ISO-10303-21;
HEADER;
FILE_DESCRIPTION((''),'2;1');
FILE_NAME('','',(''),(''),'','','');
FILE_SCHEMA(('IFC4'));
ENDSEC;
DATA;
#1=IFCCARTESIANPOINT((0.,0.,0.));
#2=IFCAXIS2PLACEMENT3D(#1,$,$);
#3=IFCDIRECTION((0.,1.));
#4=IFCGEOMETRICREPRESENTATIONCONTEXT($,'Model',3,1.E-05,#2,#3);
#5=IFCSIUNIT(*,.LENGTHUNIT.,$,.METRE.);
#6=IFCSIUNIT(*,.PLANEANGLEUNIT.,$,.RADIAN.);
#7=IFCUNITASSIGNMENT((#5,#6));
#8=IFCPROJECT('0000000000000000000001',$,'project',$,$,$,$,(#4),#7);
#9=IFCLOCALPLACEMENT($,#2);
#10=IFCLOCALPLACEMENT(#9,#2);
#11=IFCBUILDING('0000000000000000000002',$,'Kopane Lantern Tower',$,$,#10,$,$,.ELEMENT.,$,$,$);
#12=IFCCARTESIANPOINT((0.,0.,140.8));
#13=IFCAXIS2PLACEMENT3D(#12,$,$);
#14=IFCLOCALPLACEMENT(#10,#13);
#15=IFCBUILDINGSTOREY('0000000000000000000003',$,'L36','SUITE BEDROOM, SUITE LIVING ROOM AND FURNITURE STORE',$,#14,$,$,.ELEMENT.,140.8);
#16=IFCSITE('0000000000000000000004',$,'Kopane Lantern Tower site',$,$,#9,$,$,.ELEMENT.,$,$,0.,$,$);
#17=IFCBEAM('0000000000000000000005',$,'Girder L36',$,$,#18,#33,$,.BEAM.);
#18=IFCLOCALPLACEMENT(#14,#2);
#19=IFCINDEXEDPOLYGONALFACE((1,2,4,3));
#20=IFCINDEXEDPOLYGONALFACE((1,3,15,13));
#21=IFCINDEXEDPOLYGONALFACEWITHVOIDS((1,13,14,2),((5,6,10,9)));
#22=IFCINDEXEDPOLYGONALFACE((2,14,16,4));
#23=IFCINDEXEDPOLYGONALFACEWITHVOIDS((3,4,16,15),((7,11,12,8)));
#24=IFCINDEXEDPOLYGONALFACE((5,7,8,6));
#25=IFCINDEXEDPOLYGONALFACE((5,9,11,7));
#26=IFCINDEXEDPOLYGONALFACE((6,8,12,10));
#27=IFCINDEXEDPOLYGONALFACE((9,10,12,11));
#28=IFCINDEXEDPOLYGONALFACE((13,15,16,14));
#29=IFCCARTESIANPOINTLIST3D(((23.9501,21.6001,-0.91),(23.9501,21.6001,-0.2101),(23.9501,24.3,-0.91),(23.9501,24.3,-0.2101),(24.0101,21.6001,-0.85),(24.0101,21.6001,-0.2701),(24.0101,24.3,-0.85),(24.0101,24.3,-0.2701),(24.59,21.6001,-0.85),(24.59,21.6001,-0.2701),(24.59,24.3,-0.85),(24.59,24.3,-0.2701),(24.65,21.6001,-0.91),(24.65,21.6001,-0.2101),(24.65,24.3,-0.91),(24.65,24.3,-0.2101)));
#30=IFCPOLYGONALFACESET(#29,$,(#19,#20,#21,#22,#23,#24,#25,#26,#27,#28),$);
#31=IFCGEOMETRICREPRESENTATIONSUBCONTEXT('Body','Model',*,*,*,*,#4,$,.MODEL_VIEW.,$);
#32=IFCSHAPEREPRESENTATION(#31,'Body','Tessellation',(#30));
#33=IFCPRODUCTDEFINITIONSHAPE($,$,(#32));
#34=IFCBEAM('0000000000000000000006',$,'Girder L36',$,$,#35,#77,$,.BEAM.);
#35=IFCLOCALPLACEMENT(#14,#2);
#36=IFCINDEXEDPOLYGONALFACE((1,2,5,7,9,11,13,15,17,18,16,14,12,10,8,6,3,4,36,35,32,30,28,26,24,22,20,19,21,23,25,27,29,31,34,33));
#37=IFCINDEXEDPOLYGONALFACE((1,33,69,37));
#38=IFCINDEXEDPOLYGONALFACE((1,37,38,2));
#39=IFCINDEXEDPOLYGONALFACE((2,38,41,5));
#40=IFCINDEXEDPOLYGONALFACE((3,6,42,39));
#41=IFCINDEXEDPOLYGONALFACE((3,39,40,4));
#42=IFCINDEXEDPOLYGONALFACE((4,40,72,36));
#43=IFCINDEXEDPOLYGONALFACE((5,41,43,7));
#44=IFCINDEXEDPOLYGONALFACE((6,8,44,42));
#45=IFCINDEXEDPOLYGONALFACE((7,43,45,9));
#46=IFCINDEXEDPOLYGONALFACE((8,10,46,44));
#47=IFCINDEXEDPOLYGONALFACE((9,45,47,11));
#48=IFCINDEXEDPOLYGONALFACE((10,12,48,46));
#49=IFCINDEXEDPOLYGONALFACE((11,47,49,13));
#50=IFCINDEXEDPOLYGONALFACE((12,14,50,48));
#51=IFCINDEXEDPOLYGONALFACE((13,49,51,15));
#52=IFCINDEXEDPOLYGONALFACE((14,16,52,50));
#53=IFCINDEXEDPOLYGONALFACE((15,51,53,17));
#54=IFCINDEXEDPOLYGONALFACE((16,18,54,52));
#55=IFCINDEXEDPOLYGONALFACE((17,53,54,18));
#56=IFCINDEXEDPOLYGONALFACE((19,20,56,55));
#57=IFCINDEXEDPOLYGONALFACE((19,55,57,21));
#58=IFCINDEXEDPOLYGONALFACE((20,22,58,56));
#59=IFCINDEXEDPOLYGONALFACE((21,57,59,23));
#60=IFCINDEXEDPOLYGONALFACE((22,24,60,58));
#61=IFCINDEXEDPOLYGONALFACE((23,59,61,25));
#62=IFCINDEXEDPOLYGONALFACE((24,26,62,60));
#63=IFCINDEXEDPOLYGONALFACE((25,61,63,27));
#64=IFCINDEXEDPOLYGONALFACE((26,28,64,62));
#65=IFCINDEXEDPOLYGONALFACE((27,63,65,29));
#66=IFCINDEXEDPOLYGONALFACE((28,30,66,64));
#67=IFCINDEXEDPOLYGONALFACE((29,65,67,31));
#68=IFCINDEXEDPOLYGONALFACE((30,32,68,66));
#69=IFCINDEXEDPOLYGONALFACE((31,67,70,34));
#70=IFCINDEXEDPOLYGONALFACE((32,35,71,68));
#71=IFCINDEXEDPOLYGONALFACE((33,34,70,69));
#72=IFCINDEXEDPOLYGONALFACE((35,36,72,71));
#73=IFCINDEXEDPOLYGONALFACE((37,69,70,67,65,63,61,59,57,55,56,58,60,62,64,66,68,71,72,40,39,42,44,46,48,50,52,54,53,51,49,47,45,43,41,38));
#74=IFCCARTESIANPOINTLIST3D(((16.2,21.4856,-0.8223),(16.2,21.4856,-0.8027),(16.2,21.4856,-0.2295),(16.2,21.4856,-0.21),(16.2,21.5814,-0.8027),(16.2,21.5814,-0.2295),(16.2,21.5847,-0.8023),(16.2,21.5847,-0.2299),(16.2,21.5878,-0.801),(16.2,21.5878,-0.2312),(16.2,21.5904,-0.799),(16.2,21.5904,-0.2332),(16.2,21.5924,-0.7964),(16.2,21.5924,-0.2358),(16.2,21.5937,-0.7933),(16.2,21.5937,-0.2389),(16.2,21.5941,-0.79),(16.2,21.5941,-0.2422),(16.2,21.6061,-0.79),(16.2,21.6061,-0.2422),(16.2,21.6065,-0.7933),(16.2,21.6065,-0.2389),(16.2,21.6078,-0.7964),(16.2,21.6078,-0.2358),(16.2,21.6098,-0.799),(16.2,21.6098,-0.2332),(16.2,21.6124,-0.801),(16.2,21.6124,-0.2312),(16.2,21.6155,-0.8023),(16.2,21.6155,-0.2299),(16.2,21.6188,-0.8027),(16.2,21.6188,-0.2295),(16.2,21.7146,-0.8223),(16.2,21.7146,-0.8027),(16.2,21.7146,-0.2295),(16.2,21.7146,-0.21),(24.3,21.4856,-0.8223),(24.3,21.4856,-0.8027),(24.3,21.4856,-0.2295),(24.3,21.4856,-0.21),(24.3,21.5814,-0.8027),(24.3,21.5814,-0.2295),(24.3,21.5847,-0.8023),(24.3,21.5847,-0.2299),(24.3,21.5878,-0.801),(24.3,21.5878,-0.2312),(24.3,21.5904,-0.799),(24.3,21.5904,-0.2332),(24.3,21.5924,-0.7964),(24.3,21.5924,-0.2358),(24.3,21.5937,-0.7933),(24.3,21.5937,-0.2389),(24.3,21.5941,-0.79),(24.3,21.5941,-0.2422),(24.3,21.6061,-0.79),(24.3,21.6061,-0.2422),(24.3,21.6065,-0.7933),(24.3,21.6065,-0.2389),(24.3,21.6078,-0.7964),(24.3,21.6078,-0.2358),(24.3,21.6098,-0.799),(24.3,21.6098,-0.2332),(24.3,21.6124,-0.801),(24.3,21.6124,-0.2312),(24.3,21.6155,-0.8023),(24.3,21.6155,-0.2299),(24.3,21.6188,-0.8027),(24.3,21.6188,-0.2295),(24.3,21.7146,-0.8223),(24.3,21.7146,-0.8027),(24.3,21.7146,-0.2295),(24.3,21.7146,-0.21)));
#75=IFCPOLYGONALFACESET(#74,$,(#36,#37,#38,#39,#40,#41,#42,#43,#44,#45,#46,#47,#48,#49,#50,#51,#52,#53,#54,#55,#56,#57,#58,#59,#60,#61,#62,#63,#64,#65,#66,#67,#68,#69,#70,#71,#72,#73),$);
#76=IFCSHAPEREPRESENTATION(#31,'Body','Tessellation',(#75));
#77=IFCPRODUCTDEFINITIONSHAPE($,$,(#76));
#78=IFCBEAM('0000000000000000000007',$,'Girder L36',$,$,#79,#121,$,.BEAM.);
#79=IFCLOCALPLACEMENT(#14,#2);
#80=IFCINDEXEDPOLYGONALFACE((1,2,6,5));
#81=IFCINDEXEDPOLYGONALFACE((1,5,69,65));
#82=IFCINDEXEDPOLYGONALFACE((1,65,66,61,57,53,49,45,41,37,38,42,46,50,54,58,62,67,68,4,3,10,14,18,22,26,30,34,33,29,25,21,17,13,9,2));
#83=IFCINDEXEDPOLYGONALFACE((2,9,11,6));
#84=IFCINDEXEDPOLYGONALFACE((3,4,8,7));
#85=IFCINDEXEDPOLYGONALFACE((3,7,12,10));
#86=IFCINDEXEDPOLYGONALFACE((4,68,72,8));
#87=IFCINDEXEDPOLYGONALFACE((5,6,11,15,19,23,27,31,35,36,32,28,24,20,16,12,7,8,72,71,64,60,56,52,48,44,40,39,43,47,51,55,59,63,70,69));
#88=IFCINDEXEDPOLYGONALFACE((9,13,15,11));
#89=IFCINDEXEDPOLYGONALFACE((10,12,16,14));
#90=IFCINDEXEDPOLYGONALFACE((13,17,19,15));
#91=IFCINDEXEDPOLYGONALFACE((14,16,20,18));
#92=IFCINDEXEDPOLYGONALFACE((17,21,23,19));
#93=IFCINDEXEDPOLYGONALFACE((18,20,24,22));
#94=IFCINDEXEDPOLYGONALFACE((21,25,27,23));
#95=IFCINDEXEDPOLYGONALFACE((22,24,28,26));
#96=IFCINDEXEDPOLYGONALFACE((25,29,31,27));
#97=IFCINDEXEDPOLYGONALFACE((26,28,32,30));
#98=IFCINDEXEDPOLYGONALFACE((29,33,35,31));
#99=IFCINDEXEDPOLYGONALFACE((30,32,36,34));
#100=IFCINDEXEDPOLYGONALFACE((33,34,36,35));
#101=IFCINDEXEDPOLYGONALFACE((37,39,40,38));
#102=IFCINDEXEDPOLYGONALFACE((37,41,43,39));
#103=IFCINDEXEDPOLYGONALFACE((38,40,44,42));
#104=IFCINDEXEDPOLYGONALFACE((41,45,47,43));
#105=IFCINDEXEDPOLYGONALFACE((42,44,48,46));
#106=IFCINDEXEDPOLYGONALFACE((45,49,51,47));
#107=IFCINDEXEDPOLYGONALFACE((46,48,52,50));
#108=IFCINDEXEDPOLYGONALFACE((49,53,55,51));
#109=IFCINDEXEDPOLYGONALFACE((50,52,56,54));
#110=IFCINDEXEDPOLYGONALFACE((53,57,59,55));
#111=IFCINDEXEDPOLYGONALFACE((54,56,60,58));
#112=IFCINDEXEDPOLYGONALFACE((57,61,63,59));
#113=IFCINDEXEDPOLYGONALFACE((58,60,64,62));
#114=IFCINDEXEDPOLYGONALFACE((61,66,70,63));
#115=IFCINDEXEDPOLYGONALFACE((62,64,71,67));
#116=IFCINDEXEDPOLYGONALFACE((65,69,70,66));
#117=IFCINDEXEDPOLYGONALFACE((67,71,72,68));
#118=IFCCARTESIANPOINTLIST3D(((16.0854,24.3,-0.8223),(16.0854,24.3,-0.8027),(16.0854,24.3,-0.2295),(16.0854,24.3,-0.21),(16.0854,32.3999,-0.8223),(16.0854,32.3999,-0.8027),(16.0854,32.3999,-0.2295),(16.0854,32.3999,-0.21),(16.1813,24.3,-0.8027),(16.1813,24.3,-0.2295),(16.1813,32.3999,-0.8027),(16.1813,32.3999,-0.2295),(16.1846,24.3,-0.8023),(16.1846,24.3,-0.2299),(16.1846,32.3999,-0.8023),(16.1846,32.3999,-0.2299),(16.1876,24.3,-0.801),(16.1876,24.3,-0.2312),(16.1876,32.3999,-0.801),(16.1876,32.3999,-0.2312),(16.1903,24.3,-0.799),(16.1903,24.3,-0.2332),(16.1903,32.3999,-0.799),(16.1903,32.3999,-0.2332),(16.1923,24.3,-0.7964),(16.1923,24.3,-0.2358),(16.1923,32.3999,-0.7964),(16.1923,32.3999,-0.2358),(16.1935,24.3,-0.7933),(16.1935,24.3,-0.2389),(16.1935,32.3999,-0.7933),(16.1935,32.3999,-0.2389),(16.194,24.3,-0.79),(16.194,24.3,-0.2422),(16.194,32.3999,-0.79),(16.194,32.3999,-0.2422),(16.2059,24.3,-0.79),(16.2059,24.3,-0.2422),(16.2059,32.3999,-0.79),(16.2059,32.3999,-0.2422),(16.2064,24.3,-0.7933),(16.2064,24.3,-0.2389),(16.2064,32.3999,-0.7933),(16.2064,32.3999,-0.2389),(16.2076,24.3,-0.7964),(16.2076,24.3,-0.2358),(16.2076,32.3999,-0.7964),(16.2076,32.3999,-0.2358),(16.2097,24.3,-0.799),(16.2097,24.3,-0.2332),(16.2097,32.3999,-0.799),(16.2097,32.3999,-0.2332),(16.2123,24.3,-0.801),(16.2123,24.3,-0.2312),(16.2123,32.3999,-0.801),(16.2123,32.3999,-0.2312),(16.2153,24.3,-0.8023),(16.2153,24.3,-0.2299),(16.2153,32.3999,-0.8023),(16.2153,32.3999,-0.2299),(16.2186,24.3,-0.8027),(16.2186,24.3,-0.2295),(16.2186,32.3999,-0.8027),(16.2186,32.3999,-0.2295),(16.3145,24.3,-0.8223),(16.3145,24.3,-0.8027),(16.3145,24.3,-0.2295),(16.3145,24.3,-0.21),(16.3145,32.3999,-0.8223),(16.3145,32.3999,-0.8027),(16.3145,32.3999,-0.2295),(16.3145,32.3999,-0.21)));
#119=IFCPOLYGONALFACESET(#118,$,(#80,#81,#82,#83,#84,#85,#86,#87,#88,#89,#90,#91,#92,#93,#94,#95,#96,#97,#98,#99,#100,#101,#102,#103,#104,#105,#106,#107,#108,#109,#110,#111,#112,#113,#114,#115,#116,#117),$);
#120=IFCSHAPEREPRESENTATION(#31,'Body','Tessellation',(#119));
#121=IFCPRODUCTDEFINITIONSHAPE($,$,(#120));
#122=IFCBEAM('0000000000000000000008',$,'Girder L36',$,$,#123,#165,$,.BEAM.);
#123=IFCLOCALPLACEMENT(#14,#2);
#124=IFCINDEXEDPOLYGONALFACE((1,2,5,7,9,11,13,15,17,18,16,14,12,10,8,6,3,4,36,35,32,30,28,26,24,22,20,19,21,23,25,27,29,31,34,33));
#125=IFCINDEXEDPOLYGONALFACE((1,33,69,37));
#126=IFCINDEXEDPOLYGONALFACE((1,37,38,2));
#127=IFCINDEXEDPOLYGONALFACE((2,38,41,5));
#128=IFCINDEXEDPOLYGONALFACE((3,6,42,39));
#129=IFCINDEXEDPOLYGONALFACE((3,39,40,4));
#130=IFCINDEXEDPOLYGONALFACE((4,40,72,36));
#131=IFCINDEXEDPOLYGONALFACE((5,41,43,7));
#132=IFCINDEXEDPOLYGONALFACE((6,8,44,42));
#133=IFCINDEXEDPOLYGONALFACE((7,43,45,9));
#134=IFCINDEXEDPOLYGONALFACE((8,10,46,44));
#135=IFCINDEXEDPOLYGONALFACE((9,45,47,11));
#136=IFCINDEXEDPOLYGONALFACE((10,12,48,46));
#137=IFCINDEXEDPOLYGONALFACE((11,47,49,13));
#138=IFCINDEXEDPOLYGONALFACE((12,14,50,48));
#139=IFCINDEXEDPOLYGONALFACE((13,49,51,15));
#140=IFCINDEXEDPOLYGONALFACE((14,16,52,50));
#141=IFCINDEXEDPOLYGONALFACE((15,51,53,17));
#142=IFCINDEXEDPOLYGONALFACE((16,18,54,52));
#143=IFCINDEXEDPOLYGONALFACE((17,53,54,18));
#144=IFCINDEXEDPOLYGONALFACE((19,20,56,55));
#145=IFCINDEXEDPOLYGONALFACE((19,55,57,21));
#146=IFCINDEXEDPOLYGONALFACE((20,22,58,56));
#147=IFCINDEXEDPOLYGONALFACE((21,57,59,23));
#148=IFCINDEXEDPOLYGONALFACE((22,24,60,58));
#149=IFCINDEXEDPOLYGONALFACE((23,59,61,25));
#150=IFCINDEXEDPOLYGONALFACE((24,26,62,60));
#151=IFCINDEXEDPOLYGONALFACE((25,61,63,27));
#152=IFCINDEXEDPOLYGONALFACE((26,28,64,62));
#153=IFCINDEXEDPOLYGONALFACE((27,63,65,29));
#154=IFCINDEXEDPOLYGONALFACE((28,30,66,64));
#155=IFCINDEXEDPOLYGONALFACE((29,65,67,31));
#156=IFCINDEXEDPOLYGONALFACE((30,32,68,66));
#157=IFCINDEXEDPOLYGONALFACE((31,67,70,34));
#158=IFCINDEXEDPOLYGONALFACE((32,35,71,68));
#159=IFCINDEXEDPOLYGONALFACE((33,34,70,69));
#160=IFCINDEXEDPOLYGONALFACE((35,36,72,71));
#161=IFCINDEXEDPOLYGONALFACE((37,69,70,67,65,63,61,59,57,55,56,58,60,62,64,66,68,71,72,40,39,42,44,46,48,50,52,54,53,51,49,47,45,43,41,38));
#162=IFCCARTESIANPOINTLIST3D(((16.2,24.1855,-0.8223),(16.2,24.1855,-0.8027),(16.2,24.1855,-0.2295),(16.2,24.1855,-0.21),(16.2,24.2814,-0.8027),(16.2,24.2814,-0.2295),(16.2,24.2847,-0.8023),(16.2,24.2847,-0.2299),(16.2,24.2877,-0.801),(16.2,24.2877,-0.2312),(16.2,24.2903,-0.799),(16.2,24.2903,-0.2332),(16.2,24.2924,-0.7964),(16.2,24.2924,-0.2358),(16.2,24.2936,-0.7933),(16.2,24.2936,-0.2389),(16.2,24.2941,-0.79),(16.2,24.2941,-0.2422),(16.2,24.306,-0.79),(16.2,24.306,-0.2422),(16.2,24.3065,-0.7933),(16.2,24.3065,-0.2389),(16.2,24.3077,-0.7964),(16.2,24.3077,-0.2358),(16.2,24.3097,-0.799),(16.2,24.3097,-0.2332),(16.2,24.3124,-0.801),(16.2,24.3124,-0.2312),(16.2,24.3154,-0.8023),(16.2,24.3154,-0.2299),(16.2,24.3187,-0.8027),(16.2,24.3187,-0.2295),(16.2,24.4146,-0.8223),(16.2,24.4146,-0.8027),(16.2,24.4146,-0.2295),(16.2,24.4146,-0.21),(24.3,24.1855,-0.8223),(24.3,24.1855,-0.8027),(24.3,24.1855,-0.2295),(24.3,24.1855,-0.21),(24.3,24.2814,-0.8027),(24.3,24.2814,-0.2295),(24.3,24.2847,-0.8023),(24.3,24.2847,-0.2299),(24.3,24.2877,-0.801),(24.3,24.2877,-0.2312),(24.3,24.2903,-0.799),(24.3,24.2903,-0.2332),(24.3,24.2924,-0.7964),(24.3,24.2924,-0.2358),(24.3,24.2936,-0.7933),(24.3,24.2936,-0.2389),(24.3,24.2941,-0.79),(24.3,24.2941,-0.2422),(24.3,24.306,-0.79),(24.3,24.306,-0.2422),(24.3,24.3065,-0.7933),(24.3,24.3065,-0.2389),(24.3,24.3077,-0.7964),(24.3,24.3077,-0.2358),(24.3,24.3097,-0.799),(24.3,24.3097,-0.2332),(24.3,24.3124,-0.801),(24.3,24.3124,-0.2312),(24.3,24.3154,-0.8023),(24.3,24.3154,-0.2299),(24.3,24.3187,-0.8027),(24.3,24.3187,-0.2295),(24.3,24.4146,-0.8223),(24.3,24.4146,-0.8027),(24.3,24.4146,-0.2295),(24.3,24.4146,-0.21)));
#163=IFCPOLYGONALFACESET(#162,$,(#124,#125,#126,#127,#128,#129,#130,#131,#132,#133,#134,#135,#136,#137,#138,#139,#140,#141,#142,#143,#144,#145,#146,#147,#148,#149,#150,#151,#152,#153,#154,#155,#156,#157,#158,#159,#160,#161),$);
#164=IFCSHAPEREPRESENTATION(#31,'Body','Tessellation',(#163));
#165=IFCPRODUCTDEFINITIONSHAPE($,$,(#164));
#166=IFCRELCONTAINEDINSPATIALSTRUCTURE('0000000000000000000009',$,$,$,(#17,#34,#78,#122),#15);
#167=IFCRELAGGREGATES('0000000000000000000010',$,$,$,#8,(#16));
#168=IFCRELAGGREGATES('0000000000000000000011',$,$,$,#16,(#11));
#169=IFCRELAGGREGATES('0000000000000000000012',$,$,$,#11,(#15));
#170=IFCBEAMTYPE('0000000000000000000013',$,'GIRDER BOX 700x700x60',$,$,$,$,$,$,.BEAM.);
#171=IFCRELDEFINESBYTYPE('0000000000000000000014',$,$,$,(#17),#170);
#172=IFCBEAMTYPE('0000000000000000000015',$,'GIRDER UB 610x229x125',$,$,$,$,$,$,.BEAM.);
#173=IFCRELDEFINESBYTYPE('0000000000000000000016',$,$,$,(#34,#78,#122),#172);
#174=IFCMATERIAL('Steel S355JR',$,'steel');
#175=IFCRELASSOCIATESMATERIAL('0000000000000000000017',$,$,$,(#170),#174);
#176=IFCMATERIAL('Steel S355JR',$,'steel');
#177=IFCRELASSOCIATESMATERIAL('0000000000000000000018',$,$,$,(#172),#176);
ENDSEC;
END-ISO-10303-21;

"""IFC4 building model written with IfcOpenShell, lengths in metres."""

from ifc_helpers import new_model, si_unit, direction, frame, origin, origin_2d, place, context, subcontext, project, spatial, hollow_rectangle, i_section, extrude, material, material_profile, profile_set, type_object, element, save


model = new_model("IFC4")

# Units and contexts
model_context = context("Model", 3, precision=1e-05, world=origin(), true_north=direction((0.0, 1.0)))
body_context = subcontext(model_context, "Body", "Model", "MODEL_VIEW")
ifc_project = project(units=[si_unit("LENGTHUNIT", "METRE"), si_unit("PLANEANGLEUNIT", "RADIAN")], contexts=[model_context])

# Site, building, storey
site_placement = place(None, origin())
site = spatial("IfcSite", under=ifc_project, at=site_placement, Name="Kopane Lantern Tower site", CompositionType="ELEMENT", RefElevation=0.0)
building_placement = place(site_placement, origin())
building = spatial("IfcBuilding", under=site, at=building_placement, Name="Kopane Lantern Tower", CompositionType="ELEMENT")
storey_placement = place(building_placement, frame((0.0, 0.0, 140.8)))
storey = spatial("IfcBuildingStorey", under=building, at=storey_placement, Name="L36", Description="SUITE BEDROOM, SUITE LIVING ROOM AND FURNITURE STORE", CompositionType="ELEMENT", Elevation=140.8)

# Beams
ifc_material_1 = material(Name="Steel S355JR", Category="steel")
ifc_material_profile_1 = material_profile(ifc_material_1, hollow_rectangle(XDim=0.7, YDim=0.7, WallThickness=0.0601, at=origin_2d()), Name="BOX 700x700x60")
ifc_profile_set_1 = profile_set([ifc_material_profile_1], Name="Steel S355JR")
beam_type_1 = type_object("IfcBeamType", Name="GIRDER BOX 700x700x60", PredefinedType="BEAM", material=ifc_profile_set_1)
beam_1_placement = place(storey_placement, frame((24.3, 21.6001, -0.5601), z_axis=(0.0, 1.0, 0.0), x_axis=(-1.0, 0.0, 0.0)))
element("IfcBeam", 1, at=beam_1_placement, inside=storey, type_object=beam_type_1, Name="Girder L36", PredefinedType="BEAM", context=body_context, shape_type="SweptSolid", body=[
    extrude(hollow_rectangle(XDim=0.7, YDim=0.7, WallThickness=0.0601, at=origin_2d()), origin(), (0.0, 0.0, 1.0), 2.7),
])
ifc_material_2 = material(Name="Steel S355JR", Category="steel")
ifc_material_profile_2 = material_profile(ifc_material_2, i_section(OverallWidth=0.229, OverallDepth=0.6123, WebThickness=0.012, FlangeThickness=0.0195, FilletRadius=0.0127, at=origin_2d()), Name="UB 610x229x125")
ifc_profile_set_2 = profile_set([ifc_material_profile_2], Name="Steel S355JR")
beam_type_2 = type_object("IfcBeamType", Name="GIRDER UB 610x229x125", PredefinedType="BEAM", material=ifc_profile_set_2)
beam_2_placement = place(storey_placement, frame((16.2, 21.6001, -0.5161), z_axis=(1.0, 0.0, 0.0), x_axis=(0.0, 1.0, 0.0)))
element("IfcBeam", 2, at=beam_2_placement, inside=storey, type_object=beam_type_2, Name="Girder L36", PredefinedType="BEAM", context=body_context, shape_type="SweptSolid", body=[
    extrude(i_section(OverallWidth=0.229, OverallDepth=0.6123, WebThickness=0.012, FlangeThickness=0.0195, FilletRadius=0.0127, at=origin_2d()), origin(), (0.0, 0.0, 1.0), 8.1001),
])
beam_3_placement = place(storey_placement, frame((16.2, 24.3, -0.5161), z_axis=(0.0, 1.0, 0.0), x_axis=(-1.0, 0.0, 0.0)))
element("IfcBeam", 3, at=beam_3_placement, inside=storey, type_object=beam_type_2, Name="Girder L36", PredefinedType="BEAM", context=body_context, shape_type="SweptSolid", body=[
    extrude(i_section(OverallWidth=0.229, OverallDepth=0.6123, WebThickness=0.012, FlangeThickness=0.0195, FilletRadius=0.0127, at=origin_2d()), origin(), (0.0, 0.0, 1.0), 8.0999),
])
beam_4_placement = place(storey_placement, frame((16.2, 24.3, -0.5161), z_axis=(1.0, 0.0, 0.0), x_axis=(0.0, 1.0, 0.0)))
element("IfcBeam", 4, at=beam_4_placement, inside=storey, type_object=beam_type_2, Name="Girder L36", PredefinedType="BEAM", context=body_context, shape_type="SweptSolid", body=[
    extrude(i_section(OverallWidth=0.229, OverallDepth=0.6123, WebThickness=0.012, FlangeThickness=0.0195, FilletRadius=0.0127, at=origin_2d()), origin(), (0.0, 0.0, 1.0), 8.1001),
])

save(model, "model.ifc")
